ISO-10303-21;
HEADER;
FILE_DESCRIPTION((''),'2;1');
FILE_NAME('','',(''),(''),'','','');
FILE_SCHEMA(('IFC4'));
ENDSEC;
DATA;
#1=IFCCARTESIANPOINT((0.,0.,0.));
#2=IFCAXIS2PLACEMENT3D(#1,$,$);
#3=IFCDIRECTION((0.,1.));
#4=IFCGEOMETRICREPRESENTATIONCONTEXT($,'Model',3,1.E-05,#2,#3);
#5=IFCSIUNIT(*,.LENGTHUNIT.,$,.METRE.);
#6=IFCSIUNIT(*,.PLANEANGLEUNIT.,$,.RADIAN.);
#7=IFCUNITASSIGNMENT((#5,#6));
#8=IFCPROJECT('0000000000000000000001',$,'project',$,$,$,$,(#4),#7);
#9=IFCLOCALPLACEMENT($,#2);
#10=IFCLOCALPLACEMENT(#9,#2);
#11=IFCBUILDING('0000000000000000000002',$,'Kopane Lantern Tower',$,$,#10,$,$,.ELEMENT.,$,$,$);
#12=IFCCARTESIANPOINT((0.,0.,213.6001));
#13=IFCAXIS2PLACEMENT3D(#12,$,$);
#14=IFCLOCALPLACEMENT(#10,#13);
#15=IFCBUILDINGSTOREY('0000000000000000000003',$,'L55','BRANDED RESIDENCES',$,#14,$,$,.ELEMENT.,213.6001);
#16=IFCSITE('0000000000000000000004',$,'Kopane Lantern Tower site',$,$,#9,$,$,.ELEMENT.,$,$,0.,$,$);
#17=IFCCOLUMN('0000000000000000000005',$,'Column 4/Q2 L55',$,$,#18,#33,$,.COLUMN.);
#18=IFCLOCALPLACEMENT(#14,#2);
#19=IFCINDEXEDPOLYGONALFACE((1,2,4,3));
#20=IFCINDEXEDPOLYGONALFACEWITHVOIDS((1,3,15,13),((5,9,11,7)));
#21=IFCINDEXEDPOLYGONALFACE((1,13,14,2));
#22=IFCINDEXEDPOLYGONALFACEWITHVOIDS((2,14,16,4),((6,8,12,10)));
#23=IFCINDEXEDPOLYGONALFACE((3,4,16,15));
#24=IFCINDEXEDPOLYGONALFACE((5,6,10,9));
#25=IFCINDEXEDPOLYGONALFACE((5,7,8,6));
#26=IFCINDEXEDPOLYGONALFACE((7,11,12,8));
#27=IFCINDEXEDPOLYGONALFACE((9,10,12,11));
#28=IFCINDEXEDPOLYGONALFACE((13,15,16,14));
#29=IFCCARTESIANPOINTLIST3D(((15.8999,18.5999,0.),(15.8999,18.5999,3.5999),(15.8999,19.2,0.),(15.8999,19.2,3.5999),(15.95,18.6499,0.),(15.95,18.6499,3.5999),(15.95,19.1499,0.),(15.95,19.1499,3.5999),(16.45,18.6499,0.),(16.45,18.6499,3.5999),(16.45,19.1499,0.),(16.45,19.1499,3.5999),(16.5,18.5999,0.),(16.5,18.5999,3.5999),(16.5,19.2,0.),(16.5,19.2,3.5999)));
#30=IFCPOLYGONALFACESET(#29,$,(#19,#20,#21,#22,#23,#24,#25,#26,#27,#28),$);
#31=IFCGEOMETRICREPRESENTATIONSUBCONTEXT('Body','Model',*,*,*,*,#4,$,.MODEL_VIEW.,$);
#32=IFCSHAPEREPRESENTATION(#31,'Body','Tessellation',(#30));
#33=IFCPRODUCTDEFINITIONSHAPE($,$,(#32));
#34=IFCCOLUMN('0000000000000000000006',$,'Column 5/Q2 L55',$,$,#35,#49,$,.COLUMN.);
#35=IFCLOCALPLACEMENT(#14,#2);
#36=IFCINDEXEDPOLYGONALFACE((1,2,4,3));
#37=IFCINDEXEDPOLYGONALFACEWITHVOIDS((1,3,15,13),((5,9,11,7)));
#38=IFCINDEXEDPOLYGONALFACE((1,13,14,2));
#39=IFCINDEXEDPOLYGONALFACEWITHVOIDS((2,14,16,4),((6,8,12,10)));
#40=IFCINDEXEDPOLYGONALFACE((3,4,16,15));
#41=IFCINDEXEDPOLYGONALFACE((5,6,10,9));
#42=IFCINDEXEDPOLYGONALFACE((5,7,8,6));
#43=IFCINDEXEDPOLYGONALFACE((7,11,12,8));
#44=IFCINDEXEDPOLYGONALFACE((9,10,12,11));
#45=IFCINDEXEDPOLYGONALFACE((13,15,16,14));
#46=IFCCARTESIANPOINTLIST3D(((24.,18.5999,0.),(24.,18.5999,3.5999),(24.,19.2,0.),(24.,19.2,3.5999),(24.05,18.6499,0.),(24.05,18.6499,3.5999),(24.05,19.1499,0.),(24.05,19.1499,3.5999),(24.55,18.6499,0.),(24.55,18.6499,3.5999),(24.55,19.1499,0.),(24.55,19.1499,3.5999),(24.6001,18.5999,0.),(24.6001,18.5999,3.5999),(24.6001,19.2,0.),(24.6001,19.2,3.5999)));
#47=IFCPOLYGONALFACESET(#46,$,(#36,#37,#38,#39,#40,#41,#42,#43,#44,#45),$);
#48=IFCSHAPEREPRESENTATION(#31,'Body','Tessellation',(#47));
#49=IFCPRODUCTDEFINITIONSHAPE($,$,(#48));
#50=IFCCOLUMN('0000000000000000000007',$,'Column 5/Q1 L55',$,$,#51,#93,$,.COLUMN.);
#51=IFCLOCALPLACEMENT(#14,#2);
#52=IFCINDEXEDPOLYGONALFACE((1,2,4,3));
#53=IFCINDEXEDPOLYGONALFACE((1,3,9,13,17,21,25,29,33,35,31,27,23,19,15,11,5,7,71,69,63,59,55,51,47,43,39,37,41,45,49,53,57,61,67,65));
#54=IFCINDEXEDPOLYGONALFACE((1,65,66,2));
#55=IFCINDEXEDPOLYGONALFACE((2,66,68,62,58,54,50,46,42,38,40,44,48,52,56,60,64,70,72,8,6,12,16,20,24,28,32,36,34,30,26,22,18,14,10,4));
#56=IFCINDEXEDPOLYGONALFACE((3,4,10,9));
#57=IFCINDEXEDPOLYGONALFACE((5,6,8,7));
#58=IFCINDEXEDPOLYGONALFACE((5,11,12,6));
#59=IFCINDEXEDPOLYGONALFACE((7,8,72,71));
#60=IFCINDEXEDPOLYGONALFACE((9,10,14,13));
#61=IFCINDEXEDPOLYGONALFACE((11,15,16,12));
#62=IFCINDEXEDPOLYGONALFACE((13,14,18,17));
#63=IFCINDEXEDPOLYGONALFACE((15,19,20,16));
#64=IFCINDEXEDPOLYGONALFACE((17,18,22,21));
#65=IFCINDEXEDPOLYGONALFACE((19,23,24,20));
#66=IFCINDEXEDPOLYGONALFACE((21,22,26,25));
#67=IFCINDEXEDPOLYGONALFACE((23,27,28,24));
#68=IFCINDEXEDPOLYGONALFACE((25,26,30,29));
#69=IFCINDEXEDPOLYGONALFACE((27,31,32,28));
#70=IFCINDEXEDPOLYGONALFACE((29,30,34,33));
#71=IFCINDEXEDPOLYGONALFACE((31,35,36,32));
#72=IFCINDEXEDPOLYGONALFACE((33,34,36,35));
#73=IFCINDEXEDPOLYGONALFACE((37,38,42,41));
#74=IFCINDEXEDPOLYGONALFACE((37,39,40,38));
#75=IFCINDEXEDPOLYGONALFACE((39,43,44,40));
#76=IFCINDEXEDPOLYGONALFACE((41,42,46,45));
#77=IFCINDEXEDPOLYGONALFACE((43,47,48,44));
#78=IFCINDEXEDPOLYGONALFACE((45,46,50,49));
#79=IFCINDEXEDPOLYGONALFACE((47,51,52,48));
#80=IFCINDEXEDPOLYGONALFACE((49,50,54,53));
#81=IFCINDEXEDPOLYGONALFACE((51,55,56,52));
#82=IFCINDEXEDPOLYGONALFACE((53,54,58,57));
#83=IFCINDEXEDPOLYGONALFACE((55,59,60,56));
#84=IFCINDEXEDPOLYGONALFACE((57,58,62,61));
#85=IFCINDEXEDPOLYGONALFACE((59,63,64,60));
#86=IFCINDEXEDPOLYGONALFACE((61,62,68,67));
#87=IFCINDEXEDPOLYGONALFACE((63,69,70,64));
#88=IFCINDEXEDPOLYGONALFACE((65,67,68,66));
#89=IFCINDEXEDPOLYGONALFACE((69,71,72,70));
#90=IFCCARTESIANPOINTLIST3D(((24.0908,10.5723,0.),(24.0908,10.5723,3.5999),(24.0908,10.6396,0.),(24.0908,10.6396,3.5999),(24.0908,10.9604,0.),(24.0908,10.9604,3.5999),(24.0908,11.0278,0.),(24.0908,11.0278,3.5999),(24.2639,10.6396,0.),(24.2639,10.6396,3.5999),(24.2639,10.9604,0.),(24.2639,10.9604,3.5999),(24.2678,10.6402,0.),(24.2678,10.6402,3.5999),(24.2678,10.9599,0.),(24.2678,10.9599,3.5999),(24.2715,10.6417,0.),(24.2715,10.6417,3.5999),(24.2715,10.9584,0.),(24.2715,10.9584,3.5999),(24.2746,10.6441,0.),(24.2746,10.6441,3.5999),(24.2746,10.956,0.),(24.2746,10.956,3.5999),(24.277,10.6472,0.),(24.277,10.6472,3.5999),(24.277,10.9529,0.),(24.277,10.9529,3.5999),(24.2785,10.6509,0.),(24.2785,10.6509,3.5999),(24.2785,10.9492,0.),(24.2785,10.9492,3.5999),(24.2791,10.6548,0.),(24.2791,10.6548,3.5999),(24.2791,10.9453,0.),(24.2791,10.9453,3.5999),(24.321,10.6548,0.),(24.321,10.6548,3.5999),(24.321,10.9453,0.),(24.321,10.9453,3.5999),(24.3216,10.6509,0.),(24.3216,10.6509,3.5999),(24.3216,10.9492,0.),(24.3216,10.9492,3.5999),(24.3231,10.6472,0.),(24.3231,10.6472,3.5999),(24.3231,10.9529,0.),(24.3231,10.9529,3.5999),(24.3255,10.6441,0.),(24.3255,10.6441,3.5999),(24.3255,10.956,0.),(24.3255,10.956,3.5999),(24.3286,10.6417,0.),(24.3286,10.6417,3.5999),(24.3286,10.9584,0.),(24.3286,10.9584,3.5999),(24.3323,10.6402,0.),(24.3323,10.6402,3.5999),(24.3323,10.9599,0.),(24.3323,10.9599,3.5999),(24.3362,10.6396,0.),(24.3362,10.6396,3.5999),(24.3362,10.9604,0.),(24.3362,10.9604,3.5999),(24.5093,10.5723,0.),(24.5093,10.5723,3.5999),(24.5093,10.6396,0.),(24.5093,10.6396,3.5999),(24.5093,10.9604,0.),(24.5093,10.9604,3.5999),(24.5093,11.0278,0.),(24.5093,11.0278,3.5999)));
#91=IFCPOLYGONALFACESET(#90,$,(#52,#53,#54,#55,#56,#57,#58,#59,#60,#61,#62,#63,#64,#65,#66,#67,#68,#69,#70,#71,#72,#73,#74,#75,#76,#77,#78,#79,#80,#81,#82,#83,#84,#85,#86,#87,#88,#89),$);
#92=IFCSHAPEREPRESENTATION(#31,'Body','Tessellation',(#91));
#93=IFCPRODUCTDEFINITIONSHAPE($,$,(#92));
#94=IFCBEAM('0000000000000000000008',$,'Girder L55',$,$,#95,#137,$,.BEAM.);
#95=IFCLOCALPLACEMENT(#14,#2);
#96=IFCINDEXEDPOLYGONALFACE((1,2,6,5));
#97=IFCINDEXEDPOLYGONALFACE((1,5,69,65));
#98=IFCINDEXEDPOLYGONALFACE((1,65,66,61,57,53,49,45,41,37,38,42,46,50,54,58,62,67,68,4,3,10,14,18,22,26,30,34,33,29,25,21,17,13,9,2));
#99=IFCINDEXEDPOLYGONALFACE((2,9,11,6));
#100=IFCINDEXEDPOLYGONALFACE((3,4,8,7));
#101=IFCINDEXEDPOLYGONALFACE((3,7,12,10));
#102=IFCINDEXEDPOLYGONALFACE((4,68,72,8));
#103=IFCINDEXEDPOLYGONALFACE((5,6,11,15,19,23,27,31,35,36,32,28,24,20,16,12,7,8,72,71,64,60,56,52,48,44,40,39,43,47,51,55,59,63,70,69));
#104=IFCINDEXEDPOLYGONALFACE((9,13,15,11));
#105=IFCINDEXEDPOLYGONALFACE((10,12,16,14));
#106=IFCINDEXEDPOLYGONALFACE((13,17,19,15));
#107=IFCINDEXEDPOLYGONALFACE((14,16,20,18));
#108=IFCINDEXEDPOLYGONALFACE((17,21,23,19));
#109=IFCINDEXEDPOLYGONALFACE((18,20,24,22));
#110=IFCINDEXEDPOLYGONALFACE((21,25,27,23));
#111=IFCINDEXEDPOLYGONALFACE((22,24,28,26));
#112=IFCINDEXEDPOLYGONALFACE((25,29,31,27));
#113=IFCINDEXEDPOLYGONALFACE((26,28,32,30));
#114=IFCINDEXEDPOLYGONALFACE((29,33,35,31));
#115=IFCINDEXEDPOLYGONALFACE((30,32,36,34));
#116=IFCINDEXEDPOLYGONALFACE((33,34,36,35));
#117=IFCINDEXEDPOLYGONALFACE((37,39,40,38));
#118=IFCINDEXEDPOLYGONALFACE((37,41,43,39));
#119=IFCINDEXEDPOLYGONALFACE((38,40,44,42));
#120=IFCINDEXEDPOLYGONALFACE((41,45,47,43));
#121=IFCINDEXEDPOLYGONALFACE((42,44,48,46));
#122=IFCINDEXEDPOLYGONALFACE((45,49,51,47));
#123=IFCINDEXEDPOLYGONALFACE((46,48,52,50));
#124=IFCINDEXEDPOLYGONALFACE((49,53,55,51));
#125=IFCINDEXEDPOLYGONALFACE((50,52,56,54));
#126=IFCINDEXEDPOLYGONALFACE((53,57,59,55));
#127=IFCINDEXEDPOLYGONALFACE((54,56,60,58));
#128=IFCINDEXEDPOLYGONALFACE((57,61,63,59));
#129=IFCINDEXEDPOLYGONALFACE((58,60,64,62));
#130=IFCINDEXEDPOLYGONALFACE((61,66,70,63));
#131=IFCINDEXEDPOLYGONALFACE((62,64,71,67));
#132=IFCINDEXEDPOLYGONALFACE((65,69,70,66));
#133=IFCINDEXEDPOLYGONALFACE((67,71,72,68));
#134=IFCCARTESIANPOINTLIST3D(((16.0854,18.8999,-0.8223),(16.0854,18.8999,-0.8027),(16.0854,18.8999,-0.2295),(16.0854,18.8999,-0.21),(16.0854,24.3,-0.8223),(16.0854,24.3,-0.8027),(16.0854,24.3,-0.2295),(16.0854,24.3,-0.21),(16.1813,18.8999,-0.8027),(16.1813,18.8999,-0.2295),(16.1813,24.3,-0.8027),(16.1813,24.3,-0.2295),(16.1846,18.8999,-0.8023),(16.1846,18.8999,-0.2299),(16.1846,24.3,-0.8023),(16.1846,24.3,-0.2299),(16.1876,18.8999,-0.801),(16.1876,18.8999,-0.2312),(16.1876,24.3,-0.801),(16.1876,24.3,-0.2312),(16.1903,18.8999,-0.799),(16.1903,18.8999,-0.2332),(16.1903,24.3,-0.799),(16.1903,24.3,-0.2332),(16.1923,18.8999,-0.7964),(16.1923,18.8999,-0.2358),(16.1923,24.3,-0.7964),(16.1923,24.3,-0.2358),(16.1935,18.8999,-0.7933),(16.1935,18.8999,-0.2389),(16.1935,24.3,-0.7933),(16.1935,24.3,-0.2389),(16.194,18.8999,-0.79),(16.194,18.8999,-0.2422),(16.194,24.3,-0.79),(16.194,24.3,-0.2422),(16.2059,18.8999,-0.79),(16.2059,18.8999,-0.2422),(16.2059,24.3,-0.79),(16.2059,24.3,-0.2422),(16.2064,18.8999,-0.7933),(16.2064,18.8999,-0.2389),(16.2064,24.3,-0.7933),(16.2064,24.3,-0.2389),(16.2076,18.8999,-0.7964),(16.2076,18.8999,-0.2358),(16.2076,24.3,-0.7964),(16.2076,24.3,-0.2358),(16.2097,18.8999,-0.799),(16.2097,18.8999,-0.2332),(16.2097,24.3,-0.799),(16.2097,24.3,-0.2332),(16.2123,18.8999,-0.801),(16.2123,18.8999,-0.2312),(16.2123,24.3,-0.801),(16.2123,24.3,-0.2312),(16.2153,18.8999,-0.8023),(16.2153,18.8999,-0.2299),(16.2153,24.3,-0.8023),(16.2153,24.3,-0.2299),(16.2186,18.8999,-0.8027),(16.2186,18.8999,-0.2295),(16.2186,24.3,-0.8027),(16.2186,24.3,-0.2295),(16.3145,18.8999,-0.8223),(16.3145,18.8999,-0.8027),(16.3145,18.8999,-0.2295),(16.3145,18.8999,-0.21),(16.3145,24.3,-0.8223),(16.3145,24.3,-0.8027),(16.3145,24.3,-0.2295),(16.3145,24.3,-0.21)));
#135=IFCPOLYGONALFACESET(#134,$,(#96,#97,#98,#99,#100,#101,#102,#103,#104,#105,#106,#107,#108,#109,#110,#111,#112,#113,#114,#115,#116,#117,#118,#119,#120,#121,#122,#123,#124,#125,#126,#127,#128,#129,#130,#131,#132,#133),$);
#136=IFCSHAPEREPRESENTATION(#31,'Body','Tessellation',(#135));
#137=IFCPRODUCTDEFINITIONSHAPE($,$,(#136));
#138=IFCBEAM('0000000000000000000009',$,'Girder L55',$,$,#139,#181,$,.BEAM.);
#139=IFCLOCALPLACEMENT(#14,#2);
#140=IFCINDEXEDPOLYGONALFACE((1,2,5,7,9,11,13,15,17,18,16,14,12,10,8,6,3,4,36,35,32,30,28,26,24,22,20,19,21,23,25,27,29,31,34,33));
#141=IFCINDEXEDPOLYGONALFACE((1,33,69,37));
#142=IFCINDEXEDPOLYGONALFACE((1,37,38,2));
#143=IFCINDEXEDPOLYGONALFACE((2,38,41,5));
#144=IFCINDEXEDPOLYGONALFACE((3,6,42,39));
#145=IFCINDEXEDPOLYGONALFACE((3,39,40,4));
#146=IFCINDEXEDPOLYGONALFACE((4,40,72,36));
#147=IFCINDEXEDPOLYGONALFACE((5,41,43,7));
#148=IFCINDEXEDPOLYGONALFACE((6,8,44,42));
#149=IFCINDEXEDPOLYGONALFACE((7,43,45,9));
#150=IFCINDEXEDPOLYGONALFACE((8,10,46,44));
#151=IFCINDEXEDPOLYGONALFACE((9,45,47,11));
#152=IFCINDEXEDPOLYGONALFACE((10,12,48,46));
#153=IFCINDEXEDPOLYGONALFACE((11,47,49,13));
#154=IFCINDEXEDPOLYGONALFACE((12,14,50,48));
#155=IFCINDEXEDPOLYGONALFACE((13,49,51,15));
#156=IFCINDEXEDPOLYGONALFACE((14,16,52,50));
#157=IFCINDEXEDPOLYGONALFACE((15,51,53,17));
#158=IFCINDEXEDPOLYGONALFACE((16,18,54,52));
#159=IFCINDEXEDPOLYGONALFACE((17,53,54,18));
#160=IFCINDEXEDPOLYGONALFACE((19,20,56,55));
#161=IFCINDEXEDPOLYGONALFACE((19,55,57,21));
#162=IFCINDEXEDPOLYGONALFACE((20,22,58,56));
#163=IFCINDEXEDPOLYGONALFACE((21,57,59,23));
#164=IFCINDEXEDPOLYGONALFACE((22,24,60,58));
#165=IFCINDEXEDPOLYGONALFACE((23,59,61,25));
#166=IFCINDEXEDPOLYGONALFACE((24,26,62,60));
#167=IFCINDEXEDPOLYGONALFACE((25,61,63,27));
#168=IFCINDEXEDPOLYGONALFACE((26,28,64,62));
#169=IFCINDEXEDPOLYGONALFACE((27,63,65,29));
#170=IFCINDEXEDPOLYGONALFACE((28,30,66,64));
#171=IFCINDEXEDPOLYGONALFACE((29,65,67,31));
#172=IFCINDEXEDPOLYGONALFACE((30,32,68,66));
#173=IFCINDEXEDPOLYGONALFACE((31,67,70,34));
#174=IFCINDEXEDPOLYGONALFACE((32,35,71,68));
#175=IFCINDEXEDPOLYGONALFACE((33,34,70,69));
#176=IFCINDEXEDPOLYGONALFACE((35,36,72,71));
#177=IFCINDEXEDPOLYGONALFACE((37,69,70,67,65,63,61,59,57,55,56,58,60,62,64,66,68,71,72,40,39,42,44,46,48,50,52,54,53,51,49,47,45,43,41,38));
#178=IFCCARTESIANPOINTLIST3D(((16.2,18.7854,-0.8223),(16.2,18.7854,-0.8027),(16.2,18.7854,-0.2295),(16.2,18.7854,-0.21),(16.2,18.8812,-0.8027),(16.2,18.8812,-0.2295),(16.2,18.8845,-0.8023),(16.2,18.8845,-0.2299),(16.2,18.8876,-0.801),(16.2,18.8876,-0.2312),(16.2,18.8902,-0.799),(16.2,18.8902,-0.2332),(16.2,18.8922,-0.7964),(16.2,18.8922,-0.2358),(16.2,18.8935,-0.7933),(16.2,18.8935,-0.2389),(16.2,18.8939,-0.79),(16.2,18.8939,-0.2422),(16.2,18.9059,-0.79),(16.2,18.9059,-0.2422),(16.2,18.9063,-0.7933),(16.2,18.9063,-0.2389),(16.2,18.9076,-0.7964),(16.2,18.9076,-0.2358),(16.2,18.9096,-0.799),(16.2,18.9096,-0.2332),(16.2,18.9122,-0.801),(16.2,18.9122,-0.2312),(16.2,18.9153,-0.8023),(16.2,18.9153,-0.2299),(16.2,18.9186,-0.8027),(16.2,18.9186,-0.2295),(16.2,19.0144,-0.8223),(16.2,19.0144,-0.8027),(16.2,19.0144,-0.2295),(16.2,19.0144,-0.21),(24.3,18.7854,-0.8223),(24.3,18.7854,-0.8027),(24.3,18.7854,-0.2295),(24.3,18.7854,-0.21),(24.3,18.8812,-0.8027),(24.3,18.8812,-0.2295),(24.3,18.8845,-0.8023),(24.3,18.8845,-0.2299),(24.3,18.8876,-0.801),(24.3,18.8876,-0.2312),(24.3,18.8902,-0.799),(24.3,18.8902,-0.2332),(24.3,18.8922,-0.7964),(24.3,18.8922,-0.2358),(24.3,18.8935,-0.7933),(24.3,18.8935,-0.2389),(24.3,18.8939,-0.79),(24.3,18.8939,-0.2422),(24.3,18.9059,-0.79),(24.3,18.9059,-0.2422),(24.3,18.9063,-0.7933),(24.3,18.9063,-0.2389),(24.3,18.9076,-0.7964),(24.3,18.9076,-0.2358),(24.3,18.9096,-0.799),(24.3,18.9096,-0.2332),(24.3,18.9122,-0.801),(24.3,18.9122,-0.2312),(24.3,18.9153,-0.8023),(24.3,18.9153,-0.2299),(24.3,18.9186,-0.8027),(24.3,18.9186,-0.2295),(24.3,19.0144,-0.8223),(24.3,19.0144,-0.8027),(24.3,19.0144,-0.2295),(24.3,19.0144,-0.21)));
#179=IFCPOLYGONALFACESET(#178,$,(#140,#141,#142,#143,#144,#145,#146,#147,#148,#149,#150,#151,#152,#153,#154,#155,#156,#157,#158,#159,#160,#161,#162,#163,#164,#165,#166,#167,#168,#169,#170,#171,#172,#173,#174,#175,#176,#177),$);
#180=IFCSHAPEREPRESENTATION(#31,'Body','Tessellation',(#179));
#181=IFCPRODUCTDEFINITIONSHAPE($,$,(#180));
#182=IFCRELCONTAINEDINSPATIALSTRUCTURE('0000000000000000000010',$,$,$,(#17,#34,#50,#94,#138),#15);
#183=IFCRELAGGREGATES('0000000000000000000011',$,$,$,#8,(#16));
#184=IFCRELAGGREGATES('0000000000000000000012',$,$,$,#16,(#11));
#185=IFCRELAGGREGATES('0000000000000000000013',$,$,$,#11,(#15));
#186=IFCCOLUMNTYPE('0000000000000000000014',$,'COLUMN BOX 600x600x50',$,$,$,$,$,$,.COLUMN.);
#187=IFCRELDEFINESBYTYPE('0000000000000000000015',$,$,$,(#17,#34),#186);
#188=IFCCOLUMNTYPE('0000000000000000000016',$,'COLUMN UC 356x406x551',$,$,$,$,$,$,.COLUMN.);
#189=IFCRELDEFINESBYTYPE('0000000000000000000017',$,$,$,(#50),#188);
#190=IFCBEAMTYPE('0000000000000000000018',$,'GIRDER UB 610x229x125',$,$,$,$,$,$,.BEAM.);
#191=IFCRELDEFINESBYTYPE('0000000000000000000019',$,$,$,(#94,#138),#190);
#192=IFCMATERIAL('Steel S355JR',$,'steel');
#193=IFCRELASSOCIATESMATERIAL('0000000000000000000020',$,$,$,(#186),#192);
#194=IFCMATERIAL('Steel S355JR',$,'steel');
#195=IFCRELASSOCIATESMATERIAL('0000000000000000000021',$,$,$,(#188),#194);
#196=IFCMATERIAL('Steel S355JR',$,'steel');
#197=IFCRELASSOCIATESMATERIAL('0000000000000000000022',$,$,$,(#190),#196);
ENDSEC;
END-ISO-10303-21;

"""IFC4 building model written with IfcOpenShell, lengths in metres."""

from ifc_helpers import new_model, si_unit, direction, frame, origin, origin_2d, place, context, subcontext, project, spatial, hollow_rectangle, i_section, extrude, material, material_profile, profile_set, type_object, element, save


model = new_model("IFC4")

# Units and contexts
model_context = context("Model", 3, precision=1e-05, world=origin(), true_north=direction((0.0, 1.0)))
body_context = subcontext(model_context, "Body", "Model", "MODEL_VIEW")
ifc_project = project(units=[si_unit("LENGTHUNIT", "METRE"), si_unit("PLANEANGLEUNIT", "RADIAN")], contexts=[model_context])

# Site, building, storey
site_placement = place(None, origin())
site = spatial("IfcSite", under=ifc_project, at=site_placement, Name="Kopane Lantern Tower site", CompositionType="ELEMENT", RefElevation=0.0)
building_placement = place(site_placement, origin())
building = spatial("IfcBuilding", under=site, at=building_placement, Name="Kopane Lantern Tower", CompositionType="ELEMENT")
storey_placement = place(building_placement, frame((0.0, 0.0, 213.6001)))
storey = spatial("IfcBuildingStorey", under=building, at=storey_placement, Name="L55", Description="BRANDED RESIDENCES", CompositionType="ELEMENT", Elevation=213.6001)

# Columns
ifc_material_1 = material(Name="Steel S355JR", Category="steel")
ifc_material_profile_1 = material_profile(ifc_material_1, hollow_rectangle(XDim=0.6001, YDim=0.6001, WallThickness=0.05, at=origin_2d()), Name="BOX 600x600x50")
ifc_profile_set_1 = profile_set([ifc_material_profile_1], Name="Steel S355JR")
column_type_1 = type_object("IfcColumnType", Name="COLUMN BOX 600x600x50", PredefinedType="COLUMN", material=ifc_profile_set_1)
for number, where, z_axis, x_axis, name in (
    (1, (16.2, 18.8999, 0.0), (0.0, 0.0, 1.0), (1.0, 0.0, 0.0), "Column 4/Q2 L55"),
    (2, (24.3, 18.8999, 0.0), (0.0, 0.0, 1.0), (1.0, 0.0, 0.0), "Column 5/Q2 L55"),
):
    element("IfcColumn", number, at=place(storey_placement, frame(where, z_axis=z_axis, x_axis=x_axis)), inside=storey, type_object=column_type_1, Name=name, PredefinedType="COLUMN", context=body_context, shape_type="SweptSolid", body=[
        extrude(hollow_rectangle(XDim=0.6001, YDim=0.6001, WallThickness=0.05, at=origin_2d()), origin(), (0.0, 0.0, 1.0), 3.5999),
    ])
ifc_material_2 = material(Name="Steel S355JR", Category="steel")
ifc_material_profile_2 = material_profile(ifc_material_2, i_section(OverallWidth=0.4185, OverallDepth=0.4556, WebThickness=0.042, FlangeThickness=0.0674, FilletRadius=0.0151, at=origin_2d()), Name="UC 356x406x551")
ifc_profile_set_2 = profile_set([ifc_material_profile_2], Name="Steel S355JR")
column_type_2 = type_object("IfcColumnType", Name="COLUMN UC 356x406x551", PredefinedType="COLUMN", material=ifc_profile_set_2)
column_placement = place(storey_placement, frame((24.3, 10.8, 0.0), z_axis=(0.0, 0.0, 1.0), x_axis=(1.0, 0.0, 0.0)))
element("IfcColumn", 3, at=column_placement, inside=storey, type_object=column_type_2, Name="Column 5/Q1 L55", PredefinedType="COLUMN", context=body_context, shape_type="SweptSolid", body=[
    extrude(i_section(OverallWidth=0.4185, OverallDepth=0.4556, WebThickness=0.042, FlangeThickness=0.0674, FilletRadius=0.0151, at=origin_2d()), origin(), (0.0, 0.0, 1.0), 3.5999),
])

# Beams
ifc_material_3 = material(Name="Steel S355JR", Category="steel")
ifc_material_profile_3 = material_profile(ifc_material_3, i_section(OverallWidth=0.229, OverallDepth=0.6123, WebThickness=0.012, FlangeThickness=0.0195, FilletRadius=0.0127, at=origin_2d()), Name="UB 610x229x125")
ifc_profile_set_3 = profile_set([ifc_material_profile_3], Name="Steel S355JR")
beam_type = type_object("IfcBeamType", Name="GIRDER UB 610x229x125", PredefinedType="BEAM", material=ifc_profile_set_3)
beam_1_placement = place(storey_placement, frame((16.2, 18.8999, -0.5161), z_axis=(0.0, 1.0, 0.0), x_axis=(-1.0, 0.0, 0.0)))
element("IfcBeam", 4, at=beam_1_placement, inside=storey, type_object=beam_type, Name="Girder L55", PredefinedType="BEAM", context=body_context, shape_type="SweptSolid", body=[
    extrude(i_section(OverallWidth=0.229, OverallDepth=0.6123, WebThickness=0.012, FlangeThickness=0.0195, FilletRadius=0.0127, at=origin_2d()), origin(), (0.0, 0.0, 1.0), 5.4001),
])
beam_2_placement = place(storey_placement, frame((16.2, 18.8999, -0.5161), z_axis=(1.0, 0.0, 0.0), x_axis=(0.0, 1.0, 0.0)))
element("IfcBeam", 5, at=beam_2_placement, inside=storey, type_object=beam_type, Name="Girder L55", PredefinedType="BEAM", context=body_context, shape_type="SweptSolid", body=[
    extrude(i_section(OverallWidth=0.229, OverallDepth=0.6123, WebThickness=0.012, FlangeThickness=0.0195, FilletRadius=0.0127, at=origin_2d()), origin(), (0.0, 0.0, 1.0), 8.1001),
])

save(model, "model.ifc")
